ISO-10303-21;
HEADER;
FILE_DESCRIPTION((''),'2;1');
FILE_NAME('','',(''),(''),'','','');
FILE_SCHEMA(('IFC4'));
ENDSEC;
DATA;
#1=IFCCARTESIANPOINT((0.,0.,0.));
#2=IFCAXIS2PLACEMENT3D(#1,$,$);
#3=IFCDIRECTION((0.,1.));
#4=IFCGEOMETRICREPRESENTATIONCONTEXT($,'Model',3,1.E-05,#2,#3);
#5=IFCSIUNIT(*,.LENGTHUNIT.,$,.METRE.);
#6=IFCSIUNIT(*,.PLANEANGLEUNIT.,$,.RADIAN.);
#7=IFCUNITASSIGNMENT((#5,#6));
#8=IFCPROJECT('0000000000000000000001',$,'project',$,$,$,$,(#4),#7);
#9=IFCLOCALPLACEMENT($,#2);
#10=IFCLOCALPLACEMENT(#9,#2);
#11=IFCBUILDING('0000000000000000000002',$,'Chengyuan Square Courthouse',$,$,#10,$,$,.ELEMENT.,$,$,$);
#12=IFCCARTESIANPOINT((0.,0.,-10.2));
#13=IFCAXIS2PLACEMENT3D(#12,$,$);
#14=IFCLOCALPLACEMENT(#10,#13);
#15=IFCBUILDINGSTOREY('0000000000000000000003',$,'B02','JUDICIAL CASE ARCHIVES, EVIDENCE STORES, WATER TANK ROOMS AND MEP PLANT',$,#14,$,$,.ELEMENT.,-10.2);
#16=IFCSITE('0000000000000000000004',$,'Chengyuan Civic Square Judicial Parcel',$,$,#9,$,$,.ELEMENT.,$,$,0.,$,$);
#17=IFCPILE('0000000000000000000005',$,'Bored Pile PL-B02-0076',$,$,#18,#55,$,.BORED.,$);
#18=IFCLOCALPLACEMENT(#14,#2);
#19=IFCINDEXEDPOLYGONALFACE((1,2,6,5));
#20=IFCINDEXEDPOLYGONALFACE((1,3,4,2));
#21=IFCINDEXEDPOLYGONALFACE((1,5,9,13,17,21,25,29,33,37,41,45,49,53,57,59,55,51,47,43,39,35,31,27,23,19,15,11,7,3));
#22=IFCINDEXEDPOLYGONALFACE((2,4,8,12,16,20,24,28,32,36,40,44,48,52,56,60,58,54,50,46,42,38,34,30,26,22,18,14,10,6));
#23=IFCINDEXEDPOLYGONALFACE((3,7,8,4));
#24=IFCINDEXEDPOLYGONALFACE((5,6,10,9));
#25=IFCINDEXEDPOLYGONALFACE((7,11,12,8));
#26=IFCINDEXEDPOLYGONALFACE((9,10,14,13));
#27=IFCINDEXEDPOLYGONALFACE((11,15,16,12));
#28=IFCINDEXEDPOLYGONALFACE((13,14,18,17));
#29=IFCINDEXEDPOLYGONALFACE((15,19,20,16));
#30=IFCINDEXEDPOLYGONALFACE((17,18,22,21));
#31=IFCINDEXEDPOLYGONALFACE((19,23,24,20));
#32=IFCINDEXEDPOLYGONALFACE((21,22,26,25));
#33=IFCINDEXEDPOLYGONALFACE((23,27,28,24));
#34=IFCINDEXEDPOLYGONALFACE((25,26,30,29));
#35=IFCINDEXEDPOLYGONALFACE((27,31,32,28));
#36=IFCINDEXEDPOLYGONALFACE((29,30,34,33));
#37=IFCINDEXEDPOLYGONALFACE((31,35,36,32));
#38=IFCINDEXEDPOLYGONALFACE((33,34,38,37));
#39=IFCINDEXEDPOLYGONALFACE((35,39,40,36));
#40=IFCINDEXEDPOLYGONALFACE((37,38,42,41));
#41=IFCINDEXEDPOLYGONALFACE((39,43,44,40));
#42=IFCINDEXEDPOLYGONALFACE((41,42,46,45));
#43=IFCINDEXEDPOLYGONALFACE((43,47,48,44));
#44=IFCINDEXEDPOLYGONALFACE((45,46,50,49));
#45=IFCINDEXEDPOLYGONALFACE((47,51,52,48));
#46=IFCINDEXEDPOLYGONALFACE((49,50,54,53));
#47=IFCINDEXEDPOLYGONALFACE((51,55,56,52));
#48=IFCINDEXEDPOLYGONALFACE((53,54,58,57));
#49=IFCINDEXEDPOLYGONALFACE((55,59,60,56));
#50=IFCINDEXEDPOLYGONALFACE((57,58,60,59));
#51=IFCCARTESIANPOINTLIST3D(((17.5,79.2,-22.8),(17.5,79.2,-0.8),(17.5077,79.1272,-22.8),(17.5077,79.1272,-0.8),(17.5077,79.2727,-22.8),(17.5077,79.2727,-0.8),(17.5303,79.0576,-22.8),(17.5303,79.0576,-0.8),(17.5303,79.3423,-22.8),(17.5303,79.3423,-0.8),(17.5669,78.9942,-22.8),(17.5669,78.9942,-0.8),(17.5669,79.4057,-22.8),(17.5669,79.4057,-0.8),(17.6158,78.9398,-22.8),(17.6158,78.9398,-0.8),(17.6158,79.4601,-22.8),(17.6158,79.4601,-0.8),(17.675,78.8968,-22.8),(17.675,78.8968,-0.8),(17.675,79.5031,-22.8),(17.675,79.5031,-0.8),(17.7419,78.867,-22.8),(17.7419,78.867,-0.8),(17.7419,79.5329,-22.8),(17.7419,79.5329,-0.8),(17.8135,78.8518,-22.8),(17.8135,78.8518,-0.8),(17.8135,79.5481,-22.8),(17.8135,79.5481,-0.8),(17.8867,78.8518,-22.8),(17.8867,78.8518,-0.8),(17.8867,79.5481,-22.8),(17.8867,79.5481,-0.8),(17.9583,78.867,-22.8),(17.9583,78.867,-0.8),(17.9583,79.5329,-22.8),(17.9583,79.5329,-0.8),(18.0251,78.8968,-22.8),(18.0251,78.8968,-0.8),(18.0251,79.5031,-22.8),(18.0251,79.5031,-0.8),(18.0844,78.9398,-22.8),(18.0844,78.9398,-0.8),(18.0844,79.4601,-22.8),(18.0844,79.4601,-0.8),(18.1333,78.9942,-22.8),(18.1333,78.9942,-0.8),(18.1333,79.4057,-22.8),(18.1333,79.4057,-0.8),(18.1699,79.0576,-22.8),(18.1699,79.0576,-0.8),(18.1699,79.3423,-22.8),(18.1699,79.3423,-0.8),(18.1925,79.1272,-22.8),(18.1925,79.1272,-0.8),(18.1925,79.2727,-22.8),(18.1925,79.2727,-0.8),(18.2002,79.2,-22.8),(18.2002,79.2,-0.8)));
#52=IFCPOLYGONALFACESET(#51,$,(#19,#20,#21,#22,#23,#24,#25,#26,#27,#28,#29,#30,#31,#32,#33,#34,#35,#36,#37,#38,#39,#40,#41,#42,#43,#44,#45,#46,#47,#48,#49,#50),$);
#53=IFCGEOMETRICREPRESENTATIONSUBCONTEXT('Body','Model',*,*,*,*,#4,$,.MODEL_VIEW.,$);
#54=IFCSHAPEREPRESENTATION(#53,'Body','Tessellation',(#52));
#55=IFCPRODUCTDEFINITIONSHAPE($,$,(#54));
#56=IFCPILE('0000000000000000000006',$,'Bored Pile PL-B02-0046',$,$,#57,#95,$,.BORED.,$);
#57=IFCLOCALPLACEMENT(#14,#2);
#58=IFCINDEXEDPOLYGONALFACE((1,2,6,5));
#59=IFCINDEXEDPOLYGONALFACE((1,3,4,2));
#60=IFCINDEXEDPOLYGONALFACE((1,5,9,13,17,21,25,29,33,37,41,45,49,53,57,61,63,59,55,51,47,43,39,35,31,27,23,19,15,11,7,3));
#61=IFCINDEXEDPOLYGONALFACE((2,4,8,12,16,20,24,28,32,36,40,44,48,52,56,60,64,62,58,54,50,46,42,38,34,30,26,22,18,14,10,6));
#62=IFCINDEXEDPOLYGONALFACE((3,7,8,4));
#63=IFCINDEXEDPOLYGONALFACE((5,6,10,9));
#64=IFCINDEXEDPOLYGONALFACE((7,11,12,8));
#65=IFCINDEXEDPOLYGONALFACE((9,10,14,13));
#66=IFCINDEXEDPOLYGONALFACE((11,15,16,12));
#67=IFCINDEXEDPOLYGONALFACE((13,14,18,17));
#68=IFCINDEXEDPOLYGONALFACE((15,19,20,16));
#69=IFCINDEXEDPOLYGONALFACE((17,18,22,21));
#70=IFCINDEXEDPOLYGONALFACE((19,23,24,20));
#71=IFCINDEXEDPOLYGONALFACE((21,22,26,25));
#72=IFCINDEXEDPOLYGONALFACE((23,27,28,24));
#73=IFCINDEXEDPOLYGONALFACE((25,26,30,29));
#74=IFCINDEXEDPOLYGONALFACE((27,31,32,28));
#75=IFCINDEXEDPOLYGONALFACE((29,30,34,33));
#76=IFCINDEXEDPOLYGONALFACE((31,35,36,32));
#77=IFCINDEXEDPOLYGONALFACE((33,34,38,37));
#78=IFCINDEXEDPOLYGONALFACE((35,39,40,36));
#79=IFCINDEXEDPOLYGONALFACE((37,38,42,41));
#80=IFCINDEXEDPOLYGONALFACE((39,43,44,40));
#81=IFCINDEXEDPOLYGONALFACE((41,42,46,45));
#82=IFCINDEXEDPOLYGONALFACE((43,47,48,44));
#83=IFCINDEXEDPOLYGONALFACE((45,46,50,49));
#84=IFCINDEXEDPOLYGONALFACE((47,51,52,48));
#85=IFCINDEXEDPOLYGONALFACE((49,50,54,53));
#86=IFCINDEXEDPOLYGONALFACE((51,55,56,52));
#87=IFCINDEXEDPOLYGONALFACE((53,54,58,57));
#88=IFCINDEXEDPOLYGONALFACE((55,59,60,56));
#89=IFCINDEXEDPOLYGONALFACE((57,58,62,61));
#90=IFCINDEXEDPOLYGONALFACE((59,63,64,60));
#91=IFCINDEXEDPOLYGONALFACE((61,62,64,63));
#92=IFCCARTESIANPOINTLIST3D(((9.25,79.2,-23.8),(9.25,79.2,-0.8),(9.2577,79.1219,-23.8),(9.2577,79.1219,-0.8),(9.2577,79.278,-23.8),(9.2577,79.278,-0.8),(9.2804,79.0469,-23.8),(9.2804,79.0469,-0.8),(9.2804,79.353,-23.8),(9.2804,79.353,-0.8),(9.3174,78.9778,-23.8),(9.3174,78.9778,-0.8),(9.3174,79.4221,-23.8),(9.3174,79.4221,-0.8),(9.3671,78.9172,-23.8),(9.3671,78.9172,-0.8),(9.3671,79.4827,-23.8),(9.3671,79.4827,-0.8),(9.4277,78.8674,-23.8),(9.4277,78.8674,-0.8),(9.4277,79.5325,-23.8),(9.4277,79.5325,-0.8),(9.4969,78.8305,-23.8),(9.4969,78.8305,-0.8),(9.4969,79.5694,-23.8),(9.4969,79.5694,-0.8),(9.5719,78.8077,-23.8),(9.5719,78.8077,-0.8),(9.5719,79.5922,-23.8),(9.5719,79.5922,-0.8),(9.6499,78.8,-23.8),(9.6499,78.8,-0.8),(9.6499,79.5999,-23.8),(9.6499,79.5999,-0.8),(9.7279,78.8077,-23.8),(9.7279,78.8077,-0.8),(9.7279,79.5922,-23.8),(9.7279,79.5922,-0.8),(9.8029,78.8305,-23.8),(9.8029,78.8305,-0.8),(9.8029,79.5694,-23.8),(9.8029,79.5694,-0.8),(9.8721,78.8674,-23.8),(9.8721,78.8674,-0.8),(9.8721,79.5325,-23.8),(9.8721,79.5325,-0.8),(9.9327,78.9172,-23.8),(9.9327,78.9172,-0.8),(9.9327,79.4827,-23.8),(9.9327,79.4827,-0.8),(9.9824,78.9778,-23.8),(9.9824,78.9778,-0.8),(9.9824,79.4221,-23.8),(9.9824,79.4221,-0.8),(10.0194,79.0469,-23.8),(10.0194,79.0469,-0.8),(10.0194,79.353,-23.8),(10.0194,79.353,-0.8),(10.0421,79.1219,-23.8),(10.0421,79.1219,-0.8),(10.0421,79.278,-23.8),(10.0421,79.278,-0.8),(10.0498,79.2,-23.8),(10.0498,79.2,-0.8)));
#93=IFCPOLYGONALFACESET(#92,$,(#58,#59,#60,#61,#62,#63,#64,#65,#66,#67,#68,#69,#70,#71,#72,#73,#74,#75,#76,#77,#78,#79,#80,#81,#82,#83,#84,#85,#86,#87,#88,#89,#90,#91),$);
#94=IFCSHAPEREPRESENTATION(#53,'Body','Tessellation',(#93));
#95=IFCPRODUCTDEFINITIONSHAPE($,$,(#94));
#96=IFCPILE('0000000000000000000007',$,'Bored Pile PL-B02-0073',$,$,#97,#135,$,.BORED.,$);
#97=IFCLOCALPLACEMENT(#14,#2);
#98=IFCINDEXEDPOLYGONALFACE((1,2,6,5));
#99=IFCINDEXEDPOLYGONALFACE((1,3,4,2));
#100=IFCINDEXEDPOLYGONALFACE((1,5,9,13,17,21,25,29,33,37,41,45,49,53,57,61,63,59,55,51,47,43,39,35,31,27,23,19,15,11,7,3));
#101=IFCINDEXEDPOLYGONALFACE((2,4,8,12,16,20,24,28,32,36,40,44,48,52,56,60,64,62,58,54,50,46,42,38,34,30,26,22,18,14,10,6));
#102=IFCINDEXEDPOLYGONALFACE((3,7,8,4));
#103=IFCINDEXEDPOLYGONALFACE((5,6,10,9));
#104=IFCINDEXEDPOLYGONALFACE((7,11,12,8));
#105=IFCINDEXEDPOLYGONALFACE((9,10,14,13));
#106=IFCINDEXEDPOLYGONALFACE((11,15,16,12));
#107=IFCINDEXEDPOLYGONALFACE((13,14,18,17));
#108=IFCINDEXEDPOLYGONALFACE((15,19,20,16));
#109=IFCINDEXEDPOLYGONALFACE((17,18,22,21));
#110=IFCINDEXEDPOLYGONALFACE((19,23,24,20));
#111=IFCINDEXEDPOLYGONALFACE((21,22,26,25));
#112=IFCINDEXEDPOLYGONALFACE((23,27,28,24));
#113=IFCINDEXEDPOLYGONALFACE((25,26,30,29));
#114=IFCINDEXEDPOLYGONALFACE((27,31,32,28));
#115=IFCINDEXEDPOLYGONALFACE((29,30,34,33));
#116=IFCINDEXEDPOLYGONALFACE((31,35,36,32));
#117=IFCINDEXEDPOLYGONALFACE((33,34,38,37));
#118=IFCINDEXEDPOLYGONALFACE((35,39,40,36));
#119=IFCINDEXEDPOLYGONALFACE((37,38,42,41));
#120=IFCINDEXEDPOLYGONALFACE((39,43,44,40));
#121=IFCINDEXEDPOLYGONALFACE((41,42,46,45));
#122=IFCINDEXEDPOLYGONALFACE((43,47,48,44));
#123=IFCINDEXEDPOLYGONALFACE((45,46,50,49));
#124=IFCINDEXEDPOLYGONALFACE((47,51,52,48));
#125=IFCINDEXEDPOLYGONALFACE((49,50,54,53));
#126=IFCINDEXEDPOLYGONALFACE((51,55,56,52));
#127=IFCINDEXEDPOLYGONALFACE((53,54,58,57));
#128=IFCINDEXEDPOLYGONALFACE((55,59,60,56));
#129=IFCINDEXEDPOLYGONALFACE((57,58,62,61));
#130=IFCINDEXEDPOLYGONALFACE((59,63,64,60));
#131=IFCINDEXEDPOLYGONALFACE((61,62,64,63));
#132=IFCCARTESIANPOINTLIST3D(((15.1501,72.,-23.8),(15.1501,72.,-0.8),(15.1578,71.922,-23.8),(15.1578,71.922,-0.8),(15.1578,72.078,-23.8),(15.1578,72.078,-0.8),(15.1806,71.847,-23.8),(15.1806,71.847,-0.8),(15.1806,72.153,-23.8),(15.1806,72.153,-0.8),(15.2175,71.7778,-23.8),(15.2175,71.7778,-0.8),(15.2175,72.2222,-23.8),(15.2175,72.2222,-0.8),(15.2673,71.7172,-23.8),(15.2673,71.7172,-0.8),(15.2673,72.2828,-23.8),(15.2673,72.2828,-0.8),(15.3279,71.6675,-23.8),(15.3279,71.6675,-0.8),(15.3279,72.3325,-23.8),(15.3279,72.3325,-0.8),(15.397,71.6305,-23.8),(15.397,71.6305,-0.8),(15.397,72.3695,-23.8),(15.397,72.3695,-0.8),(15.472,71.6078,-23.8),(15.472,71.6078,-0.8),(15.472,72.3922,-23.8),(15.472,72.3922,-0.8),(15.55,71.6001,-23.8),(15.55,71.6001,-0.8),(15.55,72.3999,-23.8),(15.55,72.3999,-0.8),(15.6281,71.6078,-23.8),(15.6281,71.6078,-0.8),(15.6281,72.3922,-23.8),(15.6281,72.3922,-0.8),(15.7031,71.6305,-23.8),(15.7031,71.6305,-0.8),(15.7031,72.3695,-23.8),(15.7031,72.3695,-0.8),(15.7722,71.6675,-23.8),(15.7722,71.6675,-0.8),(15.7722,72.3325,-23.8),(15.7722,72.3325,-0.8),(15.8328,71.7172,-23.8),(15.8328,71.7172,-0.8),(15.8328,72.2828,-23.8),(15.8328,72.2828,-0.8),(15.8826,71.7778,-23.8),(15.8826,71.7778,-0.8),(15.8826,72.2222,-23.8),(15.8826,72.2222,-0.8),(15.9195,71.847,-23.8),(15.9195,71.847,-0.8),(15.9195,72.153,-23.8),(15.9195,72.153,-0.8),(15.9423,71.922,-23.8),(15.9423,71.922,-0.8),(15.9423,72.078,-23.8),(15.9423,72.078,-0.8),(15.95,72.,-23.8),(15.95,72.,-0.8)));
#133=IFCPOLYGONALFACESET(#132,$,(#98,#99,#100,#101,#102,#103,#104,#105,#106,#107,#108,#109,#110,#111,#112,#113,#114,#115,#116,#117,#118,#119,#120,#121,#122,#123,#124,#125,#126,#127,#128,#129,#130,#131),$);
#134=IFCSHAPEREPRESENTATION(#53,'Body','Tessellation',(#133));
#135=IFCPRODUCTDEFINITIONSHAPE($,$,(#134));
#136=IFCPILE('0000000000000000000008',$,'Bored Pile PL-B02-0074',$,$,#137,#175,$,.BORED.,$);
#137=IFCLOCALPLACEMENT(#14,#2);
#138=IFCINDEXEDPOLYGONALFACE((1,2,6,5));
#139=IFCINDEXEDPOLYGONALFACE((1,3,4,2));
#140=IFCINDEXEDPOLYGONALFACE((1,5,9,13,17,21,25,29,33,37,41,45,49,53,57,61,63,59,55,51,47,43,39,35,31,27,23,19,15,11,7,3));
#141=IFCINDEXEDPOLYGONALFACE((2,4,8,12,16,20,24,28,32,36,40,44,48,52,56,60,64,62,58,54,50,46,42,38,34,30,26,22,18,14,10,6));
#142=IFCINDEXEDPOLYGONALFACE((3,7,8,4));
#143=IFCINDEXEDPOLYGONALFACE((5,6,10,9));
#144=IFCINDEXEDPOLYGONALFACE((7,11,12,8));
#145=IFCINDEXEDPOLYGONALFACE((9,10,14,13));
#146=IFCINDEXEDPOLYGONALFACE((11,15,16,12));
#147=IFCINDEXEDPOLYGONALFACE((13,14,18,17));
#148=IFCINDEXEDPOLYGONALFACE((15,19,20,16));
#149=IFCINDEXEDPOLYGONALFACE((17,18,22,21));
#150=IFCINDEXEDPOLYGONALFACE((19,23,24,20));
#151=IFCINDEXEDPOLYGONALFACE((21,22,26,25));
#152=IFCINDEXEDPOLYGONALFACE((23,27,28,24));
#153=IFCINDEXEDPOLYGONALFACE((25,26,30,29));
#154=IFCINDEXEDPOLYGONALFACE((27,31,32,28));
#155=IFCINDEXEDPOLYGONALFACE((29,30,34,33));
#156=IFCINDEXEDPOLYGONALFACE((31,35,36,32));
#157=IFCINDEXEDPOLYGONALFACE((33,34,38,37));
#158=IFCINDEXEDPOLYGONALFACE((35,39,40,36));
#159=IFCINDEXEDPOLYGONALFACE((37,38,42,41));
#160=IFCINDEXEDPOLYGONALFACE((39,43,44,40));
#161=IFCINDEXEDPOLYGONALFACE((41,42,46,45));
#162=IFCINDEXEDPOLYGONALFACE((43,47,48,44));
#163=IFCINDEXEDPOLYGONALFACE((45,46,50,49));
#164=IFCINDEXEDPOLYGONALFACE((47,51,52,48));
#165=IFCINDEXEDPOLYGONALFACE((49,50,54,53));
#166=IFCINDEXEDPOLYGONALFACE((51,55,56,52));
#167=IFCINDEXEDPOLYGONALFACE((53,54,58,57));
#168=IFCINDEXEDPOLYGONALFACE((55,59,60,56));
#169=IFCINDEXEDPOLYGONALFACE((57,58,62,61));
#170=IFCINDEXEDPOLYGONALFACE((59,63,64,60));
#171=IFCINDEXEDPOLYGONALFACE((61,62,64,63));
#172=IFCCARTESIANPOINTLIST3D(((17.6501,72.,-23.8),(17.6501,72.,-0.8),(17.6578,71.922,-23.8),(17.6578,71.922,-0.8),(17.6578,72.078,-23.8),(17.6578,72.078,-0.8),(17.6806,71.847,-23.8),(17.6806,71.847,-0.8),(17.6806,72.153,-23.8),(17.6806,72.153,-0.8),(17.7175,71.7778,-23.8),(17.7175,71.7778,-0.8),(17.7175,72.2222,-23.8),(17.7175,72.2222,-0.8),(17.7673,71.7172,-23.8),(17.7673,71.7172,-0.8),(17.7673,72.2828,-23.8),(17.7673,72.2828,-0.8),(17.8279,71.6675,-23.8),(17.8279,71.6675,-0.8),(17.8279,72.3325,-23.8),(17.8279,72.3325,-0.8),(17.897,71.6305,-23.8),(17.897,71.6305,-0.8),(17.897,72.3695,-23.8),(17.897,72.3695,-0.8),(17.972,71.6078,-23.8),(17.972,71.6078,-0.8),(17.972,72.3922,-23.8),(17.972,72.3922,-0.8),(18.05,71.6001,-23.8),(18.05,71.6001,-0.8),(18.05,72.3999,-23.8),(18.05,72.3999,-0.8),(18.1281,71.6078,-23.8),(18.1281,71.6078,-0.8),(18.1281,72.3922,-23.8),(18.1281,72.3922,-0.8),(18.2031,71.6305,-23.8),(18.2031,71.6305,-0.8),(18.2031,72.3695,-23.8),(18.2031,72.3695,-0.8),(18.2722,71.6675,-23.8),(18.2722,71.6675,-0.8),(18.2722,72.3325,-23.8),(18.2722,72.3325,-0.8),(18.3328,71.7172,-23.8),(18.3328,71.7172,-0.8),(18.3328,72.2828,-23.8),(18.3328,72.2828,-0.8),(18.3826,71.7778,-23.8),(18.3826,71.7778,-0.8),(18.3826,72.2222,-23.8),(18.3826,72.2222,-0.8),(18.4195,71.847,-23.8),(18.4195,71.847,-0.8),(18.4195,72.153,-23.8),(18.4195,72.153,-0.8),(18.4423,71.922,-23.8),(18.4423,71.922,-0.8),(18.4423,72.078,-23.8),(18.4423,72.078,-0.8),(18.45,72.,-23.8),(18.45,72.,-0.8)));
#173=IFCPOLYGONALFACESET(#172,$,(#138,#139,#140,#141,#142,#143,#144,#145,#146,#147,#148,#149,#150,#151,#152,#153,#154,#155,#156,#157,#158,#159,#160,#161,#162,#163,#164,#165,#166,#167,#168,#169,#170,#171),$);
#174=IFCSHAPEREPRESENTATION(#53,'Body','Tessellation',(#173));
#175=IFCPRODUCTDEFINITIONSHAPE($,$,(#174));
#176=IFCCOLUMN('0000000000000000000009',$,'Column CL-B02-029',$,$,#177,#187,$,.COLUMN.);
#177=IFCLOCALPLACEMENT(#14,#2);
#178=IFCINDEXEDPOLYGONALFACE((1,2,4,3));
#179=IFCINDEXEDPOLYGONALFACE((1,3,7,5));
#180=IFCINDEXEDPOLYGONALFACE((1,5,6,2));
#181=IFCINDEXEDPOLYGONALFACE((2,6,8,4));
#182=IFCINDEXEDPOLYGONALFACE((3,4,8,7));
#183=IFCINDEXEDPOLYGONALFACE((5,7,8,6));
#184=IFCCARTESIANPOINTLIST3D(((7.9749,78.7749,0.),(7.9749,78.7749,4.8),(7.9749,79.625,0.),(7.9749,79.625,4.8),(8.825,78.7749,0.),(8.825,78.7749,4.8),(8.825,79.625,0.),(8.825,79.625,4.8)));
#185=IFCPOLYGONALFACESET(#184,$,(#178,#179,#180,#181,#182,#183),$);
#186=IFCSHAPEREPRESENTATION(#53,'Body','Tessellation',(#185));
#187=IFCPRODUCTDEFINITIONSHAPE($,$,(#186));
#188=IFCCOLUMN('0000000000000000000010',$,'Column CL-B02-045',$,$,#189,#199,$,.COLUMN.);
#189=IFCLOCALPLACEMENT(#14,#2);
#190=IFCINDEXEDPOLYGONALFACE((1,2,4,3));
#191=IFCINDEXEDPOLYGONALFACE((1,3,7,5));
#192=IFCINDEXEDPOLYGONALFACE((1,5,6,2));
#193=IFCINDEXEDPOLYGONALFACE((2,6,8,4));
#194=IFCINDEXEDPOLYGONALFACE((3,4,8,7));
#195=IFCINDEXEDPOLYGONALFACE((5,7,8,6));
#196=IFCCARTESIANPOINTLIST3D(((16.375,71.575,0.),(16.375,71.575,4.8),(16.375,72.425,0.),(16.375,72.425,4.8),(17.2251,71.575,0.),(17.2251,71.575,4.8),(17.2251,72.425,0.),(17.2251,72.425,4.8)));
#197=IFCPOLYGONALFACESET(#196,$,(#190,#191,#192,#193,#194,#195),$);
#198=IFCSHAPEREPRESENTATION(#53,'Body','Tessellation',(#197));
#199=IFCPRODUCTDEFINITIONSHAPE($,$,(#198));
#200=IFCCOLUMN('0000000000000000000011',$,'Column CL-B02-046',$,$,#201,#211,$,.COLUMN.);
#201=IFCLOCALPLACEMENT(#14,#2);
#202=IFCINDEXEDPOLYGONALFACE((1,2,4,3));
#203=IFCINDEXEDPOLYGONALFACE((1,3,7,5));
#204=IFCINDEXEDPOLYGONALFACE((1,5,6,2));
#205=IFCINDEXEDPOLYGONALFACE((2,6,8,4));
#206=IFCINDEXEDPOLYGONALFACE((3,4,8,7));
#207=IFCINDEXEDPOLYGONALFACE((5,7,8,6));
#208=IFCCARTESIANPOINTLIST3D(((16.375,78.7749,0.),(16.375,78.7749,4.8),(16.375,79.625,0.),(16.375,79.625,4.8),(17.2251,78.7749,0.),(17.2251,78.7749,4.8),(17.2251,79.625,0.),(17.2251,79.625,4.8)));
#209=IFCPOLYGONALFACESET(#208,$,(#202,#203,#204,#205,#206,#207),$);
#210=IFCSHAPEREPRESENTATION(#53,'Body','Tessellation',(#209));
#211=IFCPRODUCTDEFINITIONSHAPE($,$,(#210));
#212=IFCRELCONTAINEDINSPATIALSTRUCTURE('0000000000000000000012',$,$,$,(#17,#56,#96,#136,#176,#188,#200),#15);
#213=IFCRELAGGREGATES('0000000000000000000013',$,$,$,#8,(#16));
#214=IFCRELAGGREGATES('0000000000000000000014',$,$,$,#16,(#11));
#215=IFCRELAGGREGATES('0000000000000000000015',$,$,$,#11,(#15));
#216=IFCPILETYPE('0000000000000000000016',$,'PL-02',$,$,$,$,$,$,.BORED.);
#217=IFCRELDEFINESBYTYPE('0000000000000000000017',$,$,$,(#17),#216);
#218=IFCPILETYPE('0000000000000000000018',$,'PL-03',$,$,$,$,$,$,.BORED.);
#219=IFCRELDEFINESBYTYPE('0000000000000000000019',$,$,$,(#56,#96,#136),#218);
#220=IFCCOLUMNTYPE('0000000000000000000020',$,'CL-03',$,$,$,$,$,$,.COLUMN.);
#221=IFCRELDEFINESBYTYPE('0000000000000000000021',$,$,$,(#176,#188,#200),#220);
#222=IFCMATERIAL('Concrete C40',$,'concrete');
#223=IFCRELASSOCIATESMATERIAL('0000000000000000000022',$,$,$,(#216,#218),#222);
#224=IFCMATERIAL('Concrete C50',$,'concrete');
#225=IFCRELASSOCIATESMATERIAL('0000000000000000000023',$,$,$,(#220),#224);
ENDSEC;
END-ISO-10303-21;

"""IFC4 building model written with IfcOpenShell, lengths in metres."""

from ifc_helpers import new_model, si_unit, direction, frame, origin, origin_2d, place, context, subcontext, project, spatial, rectangle, circle, extrude, material, material_profile, profile_set, type_object, element, save


model = new_model("IFC4")

# Units and contexts
model_context = context("Model", 3, precision=1e-05, world=origin(), true_north=direction((0.0, 1.0)))
body_context = subcontext(model_context, "Body", "Model", "MODEL_VIEW")
ifc_project = project(units=[si_unit("LENGTHUNIT", "METRE"), si_unit("PLANEANGLEUNIT", "RADIAN")], contexts=[model_context])

# Site, building, storey
site_placement = place(None, origin())
site = spatial("IfcSite", under=ifc_project, at=site_placement, Name="Chengyuan Civic Square Judicial Parcel", CompositionType="ELEMENT", RefElevation=0.0)
building_placement = place(site_placement, origin())
building = spatial("IfcBuilding", under=site, at=building_placement, Name="Chengyuan Square Courthouse", CompositionType="ELEMENT")
storey_placement = place(building_placement, frame((0.0, 0.0, -10.2)))
storey = spatial("IfcBuildingStorey", under=building, at=storey_placement, Name="B02", Description="JUDICIAL CASE ARCHIVES, EVIDENCE STORES, WATER TANK ROOMS AND MEP PLANT", CompositionType="ELEMENT", Elevation=-10.2)

# Shared definitions
ifc_material_1 = material(Name="Concrete C40", Category="concrete")

# Piles
ifc_material_profile_1 = material_profile(ifc_material_1, circle(Radius=0.3501, at=origin_2d()), Name="BORED PILE D700")
ifc_profile_set_1 = profile_set([ifc_material_profile_1], Name="Concrete C40")
pile_type_1 = type_object("IfcPileType", Name="PL-02", PredefinedType="BORED", material=ifc_profile_set_1)
for number, where, z_axis, x_axis, name in (
    (1, (17.8501, 79.2, -0.8), (0.0, 0.0, -1.0), (1.0, 0.0, 0.0), "Bored Pile PL-B02-0076"),
):
    element("IfcPile", number, at=place(storey_placement, frame(where, z_axis=z_axis, x_axis=x_axis)), inside=storey, type_object=pile_type_1, Name=name, PredefinedType="BORED", context=body_context, shape_type="SweptSolid", body=[
        extrude(circle(Radius=0.3501, at=origin_2d()), origin(), (0.0, 0.0, 1.0), 22.0),
    ])
ifc_material_profile_2 = material_profile(ifc_material_1, circle(Radius=0.3999, at=origin_2d()), Name="BORED PILE D800")
ifc_profile_set_2 = profile_set([ifc_material_profile_2], Name="Concrete C40")
pile_type_2 = type_object("IfcPileType", Name="PL-03", PredefinedType="BORED", material=ifc_profile_set_2)
for number, where, z_axis, x_axis, name in (
    (2, (9.6499, 79.2, -0.8), (0.0, 0.0, -1.0), (1.0, 0.0, 0.0), "Bored Pile PL-B02-0046"),
    (3, (15.55, 72.0, -0.8), (0.0, 0.0, -1.0), (1.0, 0.0, 0.0), "Bored Pile PL-B02-0073"),
    (4, (18.05, 72.0, -0.8), (0.0, 0.0, -1.0), (1.0, 0.0, 0.0), "Bored Pile PL-B02-0074"),
):
    element("IfcPile", number, at=place(storey_placement, frame(where, z_axis=z_axis, x_axis=x_axis)), inside=storey, type_object=pile_type_2, Name=name, PredefinedType="BORED", context=body_context, shape_type="SweptSolid", body=[
        extrude(circle(Radius=0.3999, at=origin_2d()), origin(), (0.0, 0.0, 1.0), 23.0),
    ])

# Columns
ifc_material_2 = material(Name="Concrete C50", Category="concrete")
ifc_material_profile_3 = material_profile(ifc_material_2, rectangle(XDim=0.8501, YDim=0.8501, at=origin_2d()), Name="RC-COL-850x850")
ifc_profile_set_3 = profile_set([ifc_material_profile_3], Name="Concrete C50")
column_type = type_object("IfcColumnType", Name="CL-03", PredefinedType="COLUMN", material=ifc_profile_set_3)
for number, where, z_axis, x_axis, name in (
    (5, (8.3999, 79.2, 0.0), (0.0, 0.0, 1.0), (1.0, 0.0, 0.0), "Column CL-B02-029"),
    (6, (16.8, 72.0, 0.0), (0.0, 0.0, 1.0), (1.0, 0.0, 0.0), "Column CL-B02-045"),
    (7, (16.8, 79.2, 0.0), (0.0, 0.0, 1.0), (1.0, 0.0, 0.0), "Column CL-B02-046"),
):
    element("IfcColumn", number, at=place(storey_placement, frame(where, z_axis=z_axis, x_axis=x_axis)), inside=storey, type_object=column_type, Name=name, PredefinedType="COLUMN", context=body_context, shape_type="SweptSolid", body=[
        extrude(rectangle(XDim=0.8501, YDim=0.8501, at=origin_2d()), origin(), (0.0, 0.0, 1.0), 4.8),
    ])

save(model, "model.ifc")
